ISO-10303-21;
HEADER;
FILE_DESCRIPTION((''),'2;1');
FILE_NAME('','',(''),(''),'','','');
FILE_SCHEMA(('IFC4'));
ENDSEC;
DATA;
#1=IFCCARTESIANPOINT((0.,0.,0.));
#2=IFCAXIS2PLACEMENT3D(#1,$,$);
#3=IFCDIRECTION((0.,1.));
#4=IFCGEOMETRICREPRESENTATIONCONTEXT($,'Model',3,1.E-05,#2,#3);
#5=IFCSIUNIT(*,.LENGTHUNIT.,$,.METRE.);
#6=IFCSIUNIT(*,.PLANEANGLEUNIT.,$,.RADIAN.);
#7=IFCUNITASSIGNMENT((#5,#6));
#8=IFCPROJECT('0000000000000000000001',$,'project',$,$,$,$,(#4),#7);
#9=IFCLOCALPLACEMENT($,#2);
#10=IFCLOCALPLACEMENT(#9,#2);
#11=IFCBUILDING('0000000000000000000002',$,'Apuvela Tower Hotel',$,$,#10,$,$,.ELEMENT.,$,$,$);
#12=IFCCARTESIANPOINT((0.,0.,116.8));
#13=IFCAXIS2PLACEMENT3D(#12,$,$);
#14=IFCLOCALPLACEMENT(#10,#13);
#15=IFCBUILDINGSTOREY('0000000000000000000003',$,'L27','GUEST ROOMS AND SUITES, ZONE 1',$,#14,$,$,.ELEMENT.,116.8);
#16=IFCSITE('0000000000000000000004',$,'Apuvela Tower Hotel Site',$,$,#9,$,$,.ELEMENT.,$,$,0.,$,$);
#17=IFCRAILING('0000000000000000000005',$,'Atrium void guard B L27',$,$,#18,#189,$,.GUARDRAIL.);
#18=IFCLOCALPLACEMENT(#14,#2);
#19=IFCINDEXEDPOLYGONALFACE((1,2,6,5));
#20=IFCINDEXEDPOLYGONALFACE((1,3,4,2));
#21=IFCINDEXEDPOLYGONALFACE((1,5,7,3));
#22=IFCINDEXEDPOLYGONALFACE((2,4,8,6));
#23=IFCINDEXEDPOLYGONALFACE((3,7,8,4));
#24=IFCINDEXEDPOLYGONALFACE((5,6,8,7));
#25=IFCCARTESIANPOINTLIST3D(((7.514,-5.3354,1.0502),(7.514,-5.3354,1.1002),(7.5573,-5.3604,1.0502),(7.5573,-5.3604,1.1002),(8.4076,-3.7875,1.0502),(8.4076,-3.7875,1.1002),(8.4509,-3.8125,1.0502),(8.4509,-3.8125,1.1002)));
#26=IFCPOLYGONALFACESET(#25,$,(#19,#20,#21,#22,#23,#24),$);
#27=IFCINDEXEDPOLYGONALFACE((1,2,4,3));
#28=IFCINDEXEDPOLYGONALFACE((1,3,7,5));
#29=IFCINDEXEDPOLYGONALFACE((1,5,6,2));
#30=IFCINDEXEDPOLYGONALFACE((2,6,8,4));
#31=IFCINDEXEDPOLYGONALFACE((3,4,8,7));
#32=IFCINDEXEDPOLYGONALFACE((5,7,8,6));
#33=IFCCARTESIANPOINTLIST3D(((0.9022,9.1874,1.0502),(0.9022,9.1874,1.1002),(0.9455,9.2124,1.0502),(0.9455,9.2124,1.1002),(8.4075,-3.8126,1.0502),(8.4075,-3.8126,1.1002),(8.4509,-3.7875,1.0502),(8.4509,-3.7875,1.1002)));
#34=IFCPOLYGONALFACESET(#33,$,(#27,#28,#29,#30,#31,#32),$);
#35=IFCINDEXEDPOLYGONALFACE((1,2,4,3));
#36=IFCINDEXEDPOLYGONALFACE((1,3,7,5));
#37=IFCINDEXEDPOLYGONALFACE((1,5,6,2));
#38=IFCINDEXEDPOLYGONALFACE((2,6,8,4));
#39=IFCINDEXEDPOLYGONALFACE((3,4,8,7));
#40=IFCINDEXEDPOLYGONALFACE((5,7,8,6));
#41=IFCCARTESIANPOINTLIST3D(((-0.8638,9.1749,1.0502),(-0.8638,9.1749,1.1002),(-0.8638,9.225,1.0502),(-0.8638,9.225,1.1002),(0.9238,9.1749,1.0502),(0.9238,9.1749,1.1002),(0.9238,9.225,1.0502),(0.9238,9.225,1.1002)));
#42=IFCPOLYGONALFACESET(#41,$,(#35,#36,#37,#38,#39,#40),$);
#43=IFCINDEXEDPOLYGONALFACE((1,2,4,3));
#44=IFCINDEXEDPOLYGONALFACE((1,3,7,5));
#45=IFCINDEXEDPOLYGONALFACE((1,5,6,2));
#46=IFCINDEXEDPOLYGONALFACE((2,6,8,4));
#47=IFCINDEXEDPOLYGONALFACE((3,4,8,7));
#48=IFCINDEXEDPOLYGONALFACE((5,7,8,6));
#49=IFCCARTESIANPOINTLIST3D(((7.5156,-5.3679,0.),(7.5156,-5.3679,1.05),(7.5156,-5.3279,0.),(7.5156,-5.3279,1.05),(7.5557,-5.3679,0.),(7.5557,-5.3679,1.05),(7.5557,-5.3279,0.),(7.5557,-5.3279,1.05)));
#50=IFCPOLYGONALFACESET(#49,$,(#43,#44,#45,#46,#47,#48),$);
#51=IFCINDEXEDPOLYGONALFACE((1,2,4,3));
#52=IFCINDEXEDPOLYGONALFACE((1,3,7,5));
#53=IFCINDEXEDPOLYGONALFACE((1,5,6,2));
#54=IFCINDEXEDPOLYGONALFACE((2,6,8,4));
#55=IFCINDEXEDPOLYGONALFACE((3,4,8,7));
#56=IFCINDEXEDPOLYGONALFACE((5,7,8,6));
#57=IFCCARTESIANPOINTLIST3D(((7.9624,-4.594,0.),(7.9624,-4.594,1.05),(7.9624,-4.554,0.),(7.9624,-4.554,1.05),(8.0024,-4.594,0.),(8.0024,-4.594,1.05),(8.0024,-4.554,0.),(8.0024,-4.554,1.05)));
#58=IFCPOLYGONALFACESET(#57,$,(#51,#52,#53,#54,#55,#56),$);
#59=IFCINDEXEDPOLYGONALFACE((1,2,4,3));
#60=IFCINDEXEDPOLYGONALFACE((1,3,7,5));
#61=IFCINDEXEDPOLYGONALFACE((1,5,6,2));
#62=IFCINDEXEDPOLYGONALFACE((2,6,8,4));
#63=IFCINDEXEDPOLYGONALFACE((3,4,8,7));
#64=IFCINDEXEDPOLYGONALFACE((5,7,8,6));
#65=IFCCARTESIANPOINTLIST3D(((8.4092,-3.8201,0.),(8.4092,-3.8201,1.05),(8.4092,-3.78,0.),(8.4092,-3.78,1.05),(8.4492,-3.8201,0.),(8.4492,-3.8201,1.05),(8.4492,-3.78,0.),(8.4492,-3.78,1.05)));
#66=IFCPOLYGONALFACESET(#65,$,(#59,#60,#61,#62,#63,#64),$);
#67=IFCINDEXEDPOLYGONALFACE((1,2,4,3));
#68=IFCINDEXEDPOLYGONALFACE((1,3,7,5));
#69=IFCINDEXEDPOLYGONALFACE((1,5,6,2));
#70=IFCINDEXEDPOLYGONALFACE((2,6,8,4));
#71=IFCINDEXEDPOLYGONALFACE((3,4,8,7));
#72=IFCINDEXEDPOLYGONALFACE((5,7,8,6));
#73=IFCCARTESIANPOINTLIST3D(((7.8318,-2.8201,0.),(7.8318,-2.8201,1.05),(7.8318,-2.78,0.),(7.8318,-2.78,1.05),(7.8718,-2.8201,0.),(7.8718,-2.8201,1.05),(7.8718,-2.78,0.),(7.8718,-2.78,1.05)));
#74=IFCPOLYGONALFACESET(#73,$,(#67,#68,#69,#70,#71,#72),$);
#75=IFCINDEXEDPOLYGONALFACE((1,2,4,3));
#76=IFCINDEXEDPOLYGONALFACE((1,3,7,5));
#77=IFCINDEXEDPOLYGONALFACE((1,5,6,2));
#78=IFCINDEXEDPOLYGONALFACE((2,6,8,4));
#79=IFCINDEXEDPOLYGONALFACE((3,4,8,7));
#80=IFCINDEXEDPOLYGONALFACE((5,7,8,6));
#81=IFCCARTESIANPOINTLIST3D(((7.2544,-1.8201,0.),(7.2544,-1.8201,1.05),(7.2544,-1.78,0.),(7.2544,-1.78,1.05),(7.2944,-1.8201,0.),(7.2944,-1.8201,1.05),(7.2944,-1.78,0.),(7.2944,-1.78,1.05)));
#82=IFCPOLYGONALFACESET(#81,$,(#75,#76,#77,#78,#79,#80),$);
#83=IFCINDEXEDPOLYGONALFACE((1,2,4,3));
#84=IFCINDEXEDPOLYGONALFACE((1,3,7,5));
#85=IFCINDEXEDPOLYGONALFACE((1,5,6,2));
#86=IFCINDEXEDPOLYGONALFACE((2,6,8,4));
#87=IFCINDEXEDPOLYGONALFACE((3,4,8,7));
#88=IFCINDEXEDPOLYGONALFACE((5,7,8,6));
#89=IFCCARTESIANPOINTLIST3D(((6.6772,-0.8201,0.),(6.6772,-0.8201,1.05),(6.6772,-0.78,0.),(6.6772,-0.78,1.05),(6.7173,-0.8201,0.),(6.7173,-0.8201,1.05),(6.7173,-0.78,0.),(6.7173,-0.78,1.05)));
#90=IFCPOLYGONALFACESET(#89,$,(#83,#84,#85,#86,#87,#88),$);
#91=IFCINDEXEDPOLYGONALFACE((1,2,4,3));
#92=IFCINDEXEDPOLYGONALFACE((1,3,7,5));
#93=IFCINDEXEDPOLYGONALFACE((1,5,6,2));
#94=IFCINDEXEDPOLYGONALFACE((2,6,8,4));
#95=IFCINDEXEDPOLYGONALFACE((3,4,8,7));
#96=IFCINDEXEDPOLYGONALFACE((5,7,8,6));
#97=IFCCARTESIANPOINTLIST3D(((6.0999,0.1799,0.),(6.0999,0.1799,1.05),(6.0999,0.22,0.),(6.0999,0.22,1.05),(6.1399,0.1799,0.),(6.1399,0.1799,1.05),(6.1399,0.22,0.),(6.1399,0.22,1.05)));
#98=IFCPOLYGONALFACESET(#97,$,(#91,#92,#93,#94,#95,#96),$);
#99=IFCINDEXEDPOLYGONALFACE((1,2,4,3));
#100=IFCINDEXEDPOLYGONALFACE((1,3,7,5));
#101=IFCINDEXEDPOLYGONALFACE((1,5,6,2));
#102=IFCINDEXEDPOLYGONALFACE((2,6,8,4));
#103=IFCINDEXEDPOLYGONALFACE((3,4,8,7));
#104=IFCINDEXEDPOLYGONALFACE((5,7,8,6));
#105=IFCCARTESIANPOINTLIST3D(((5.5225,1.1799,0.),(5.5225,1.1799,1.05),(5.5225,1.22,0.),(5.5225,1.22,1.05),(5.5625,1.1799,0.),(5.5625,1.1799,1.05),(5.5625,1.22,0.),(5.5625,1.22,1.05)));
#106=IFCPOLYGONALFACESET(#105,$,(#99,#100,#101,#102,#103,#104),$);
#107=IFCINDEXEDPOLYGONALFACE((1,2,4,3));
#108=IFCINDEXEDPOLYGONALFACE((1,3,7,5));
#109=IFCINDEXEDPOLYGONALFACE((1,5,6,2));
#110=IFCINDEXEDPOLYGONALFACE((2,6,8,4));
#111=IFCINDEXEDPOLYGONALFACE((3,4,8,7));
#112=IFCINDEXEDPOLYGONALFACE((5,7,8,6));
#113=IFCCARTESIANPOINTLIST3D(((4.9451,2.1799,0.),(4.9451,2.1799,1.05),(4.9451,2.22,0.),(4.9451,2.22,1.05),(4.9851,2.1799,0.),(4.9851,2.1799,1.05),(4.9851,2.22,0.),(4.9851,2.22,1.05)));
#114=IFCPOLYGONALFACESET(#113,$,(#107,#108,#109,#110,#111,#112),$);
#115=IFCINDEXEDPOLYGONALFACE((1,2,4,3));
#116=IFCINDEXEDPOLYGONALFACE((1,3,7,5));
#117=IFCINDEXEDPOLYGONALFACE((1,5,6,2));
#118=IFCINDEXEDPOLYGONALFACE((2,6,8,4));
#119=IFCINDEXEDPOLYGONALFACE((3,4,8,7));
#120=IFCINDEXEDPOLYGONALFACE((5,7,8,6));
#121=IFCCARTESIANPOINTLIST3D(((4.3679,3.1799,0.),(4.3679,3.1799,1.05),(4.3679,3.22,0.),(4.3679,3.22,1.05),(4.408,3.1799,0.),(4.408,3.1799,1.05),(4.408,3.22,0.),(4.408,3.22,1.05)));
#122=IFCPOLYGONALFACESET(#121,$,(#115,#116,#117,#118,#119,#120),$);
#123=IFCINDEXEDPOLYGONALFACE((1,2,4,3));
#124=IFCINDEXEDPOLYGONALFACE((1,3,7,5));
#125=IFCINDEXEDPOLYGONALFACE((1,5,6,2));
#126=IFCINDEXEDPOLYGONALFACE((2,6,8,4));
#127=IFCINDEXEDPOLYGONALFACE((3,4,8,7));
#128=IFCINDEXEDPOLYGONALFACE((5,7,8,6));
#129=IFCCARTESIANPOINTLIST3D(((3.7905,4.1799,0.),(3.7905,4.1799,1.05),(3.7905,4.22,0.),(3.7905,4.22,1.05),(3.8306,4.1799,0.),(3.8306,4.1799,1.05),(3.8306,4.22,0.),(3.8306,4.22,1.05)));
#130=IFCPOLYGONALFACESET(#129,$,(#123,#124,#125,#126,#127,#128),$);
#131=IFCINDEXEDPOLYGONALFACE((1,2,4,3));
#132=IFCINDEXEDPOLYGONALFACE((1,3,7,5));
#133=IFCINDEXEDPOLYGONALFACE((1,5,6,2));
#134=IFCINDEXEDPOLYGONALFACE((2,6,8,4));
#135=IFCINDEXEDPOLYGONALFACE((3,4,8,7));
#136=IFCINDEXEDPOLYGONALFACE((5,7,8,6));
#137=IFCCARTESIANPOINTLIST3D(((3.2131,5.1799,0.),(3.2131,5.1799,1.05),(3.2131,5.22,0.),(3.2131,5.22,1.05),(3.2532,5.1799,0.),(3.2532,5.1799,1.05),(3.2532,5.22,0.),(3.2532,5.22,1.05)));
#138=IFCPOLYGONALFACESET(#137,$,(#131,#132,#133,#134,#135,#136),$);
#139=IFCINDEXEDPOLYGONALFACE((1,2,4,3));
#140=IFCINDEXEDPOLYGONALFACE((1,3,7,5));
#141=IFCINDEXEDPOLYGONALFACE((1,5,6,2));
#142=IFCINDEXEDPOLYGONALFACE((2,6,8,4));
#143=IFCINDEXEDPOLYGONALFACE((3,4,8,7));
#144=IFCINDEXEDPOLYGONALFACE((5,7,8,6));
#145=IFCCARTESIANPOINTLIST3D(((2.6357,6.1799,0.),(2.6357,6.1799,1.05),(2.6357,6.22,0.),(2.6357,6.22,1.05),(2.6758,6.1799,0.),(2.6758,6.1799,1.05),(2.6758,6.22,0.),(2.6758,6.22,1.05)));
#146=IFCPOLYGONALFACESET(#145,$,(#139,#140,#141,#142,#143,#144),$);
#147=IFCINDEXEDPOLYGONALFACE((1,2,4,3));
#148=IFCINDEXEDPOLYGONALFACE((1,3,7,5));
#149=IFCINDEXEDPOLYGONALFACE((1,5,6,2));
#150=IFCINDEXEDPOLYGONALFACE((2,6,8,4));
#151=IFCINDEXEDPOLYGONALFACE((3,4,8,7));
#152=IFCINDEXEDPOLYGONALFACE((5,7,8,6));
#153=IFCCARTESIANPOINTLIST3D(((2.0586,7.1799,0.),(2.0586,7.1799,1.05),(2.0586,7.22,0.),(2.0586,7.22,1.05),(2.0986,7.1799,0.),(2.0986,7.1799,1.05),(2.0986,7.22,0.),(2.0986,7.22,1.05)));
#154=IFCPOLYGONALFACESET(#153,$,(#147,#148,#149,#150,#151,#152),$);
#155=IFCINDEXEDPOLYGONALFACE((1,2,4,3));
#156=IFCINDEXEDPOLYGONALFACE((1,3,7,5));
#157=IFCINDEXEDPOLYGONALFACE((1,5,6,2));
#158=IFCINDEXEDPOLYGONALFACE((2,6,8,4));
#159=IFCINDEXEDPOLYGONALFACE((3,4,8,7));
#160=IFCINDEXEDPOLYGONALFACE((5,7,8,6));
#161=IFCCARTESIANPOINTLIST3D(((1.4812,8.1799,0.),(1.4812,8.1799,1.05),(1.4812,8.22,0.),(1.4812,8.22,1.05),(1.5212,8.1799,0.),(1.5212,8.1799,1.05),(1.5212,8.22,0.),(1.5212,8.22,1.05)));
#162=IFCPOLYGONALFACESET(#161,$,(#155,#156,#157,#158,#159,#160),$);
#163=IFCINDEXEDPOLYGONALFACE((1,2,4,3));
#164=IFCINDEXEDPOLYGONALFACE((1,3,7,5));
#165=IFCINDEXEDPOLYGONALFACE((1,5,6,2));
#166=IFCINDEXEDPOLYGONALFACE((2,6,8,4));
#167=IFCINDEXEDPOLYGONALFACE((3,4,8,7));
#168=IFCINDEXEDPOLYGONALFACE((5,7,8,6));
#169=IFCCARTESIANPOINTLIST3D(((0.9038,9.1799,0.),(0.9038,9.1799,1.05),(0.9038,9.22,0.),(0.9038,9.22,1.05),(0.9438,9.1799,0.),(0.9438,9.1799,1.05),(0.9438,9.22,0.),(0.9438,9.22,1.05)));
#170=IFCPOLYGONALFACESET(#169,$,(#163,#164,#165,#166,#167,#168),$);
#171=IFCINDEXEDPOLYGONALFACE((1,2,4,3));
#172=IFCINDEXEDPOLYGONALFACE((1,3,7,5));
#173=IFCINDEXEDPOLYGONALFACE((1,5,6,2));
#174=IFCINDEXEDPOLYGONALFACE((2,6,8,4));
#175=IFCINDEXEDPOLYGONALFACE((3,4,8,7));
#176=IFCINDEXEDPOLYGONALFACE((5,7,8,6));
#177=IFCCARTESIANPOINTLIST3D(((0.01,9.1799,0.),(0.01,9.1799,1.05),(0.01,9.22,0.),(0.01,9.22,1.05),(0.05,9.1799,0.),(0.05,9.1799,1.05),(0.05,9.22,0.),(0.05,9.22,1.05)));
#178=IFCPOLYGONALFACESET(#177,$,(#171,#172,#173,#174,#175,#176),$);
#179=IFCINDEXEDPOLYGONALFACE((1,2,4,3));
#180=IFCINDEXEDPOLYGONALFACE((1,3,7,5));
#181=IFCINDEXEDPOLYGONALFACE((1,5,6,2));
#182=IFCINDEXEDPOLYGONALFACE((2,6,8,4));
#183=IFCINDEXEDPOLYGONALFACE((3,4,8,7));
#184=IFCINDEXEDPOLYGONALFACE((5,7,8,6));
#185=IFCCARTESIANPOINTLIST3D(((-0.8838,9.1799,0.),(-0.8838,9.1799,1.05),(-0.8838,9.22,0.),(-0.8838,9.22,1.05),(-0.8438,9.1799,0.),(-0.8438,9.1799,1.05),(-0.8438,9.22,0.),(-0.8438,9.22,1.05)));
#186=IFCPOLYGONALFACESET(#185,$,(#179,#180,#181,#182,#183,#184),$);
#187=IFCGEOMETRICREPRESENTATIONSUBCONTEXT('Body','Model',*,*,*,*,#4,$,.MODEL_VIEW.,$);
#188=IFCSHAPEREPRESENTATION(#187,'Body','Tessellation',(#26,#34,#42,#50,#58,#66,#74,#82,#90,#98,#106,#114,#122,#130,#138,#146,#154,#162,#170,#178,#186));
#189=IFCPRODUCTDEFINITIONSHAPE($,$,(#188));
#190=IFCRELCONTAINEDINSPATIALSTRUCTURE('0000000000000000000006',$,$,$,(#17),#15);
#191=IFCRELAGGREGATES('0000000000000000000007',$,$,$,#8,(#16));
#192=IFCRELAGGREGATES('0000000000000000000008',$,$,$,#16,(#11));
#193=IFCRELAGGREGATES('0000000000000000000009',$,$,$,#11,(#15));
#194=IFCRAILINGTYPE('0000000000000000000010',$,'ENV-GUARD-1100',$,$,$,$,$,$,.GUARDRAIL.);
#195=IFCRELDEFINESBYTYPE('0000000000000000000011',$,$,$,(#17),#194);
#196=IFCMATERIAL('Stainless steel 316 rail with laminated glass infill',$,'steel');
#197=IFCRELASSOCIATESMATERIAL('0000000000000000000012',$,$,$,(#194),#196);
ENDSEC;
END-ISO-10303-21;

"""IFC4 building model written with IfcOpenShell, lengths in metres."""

from ifc_helpers import new_model, si_unit, direction, frame, origin, origin_2d, place, context, subcontext, project, spatial, rectangle, extrude, material, type_object, element, save


model = new_model("IFC4")

# Units and contexts
model_context = context("Model", 3, precision=1e-05, world=origin(), true_north=direction((0.0, 1.0)))
body_context = subcontext(model_context, "Body", "Model", "MODEL_VIEW")
ifc_project = project(units=[si_unit("LENGTHUNIT", "METRE"), si_unit("PLANEANGLEUNIT", "RADIAN")], contexts=[model_context])

# Site, building, storey
site_placement = place(None, origin())
site = spatial("IfcSite", under=ifc_project, at=site_placement, Name="Apuvela Tower Hotel Site", CompositionType="ELEMENT", RefElevation=0.0)
building_placement = place(site_placement, origin())
building = spatial("IfcBuilding", under=site, at=building_placement, Name="Apuvela Tower Hotel", CompositionType="ELEMENT")
storey_placement = place(building_placement, frame((0.0, 0.0, 116.8)))
storey = spatial("IfcBuildingStorey", under=building, at=storey_placement, Name="L27", Description="GUEST ROOMS AND SUITES, ZONE 1", CompositionType="ELEMENT", Elevation=116.8)

# Railing
ifc_material_1 = material(Name="Stainless steel 316 rail with laminated glass infill", Category="steel")
railing_type_1 = type_object("IfcRailingType", Name="ENV-GUARD-1100", PredefinedType="GUARDRAIL", material=ifc_material_1)
railing_1_placement = place(storey_placement, frame((7.5356, -5.3479, 0.0)))
element("IfcRailing", 1, at=railing_1_placement, inside=storey, type_object=railing_type_1, Name="Atrium void guard B L27", PredefinedType="GUARDRAIL", context=body_context, shape_type="SweptSolid", body=[
    extrude(rectangle(XDim=0.05, YDim=0.05, at=origin_2d()), frame((0.0, 0.0, 1.0752), z_axis=(0.499959, 0.866049, 0.0), x_axis=(-0.866049, 0.499959, 0.0)), (0.0, 0.0, 1.0), 1.7874),
    extrude(rectangle(XDim=0.05, YDim=0.05, at=origin_2d()), frame((0.8936, 1.5479, 1.0752), z_axis=(-0.499991, 0.866031, 0.0), x_axis=(-0.866031, -0.499991, 0.0)), (0.0, 0.0, 1.0), 15.011),
    extrude(rectangle(XDim=0.05, YDim=0.05, at=origin_2d()), frame((-6.6118, 14.5479, 1.0752), z_axis=(-1.0, 0.0, 0.0), x_axis=(0.0, -1.0, 0.0)), (0.0, 0.0, 1.0), 1.7876),
    extrude(rectangle(XDim=0.04, YDim=0.04, at=origin_2d()), origin(), (0.0, 0.0, 1.0), 1.05),
    extrude(rectangle(XDim=0.04, YDim=0.04, at=origin_2d()), frame((0.4468, 0.7739, 0.0)), (0.0, 0.0, 1.0), 1.05),
    extrude(rectangle(XDim=0.04, YDim=0.04, at=origin_2d()), frame((0.8936, 1.5479, 0.0)), (0.0, 0.0, 1.0), 1.05),
    extrude(rectangle(XDim=0.04, YDim=0.04, at=origin_2d()), frame((0.3162, 2.5479, 0.0)), (0.0, 0.0, 1.0), 1.05),
    extrude(rectangle(XDim=0.04, YDim=0.04, at=origin_2d()), frame((-0.2612, 3.5479, 0.0)), (0.0, 0.0, 1.0), 1.05),
    extrude(rectangle(XDim=0.04, YDim=0.04, at=origin_2d()), frame((-0.8384, 4.5479, 0.0)), (0.0, 0.0, 1.0), 1.05),
    extrude(rectangle(XDim=0.04, YDim=0.04, at=origin_2d()), frame((-1.4158, 5.5479, 0.0)), (0.0, 0.0, 1.0), 1.05),
    extrude(rectangle(XDim=0.04, YDim=0.04, at=origin_2d()), frame((-1.9932, 6.5479, 0.0)), (0.0, 0.0, 1.0), 1.05),
    extrude(rectangle(XDim=0.04, YDim=0.04, at=origin_2d()), frame((-2.5706, 7.5479, 0.0)), (0.0, 0.0, 1.0), 1.05),
    extrude(rectangle(XDim=0.04, YDim=0.04, at=origin_2d()), frame((-3.1477, 8.5479, 0.0)), (0.0, 0.0, 1.0), 1.05),
    extrude(rectangle(XDim=0.04, YDim=0.04, at=origin_2d()), frame((-3.7251, 9.5479, 0.0)), (0.0, 0.0, 1.0), 1.05),
    extrude(rectangle(XDim=0.04, YDim=0.04, at=origin_2d()), frame((-4.3025, 10.5479, 0.0)), (0.0, 0.0, 1.0), 1.05),
    extrude(rectangle(XDim=0.04, YDim=0.04, at=origin_2d()), frame((-4.8799, 11.5479, 0.0)), (0.0, 0.0, 1.0), 1.05),
    extrude(rectangle(XDim=0.04, YDim=0.04, at=origin_2d()), frame((-5.457, 12.5479, 0.0)), (0.0, 0.0, 1.0), 1.05),
    extrude(rectangle(XDim=0.04, YDim=0.04, at=origin_2d()), frame((-6.0344, 13.5479, 0.0)), (0.0, 0.0, 1.0), 1.05),
    extrude(rectangle(XDim=0.04, YDim=0.04, at=origin_2d()), frame((-6.6118, 14.5479, 0.0)), (0.0, 0.0, 1.0), 1.05),
    extrude(rectangle(XDim=0.04, YDim=0.04, at=origin_2d()), frame((-7.5056, 14.5479, 0.0)), (0.0, 0.0, 1.0), 1.05),
    extrude(rectangle(XDim=0.04, YDim=0.04, at=origin_2d()), frame((-8.3994, 14.5479, 0.0)), (0.0, 0.0, 1.0), 1.05),
])

save(model, "model.ifc")
